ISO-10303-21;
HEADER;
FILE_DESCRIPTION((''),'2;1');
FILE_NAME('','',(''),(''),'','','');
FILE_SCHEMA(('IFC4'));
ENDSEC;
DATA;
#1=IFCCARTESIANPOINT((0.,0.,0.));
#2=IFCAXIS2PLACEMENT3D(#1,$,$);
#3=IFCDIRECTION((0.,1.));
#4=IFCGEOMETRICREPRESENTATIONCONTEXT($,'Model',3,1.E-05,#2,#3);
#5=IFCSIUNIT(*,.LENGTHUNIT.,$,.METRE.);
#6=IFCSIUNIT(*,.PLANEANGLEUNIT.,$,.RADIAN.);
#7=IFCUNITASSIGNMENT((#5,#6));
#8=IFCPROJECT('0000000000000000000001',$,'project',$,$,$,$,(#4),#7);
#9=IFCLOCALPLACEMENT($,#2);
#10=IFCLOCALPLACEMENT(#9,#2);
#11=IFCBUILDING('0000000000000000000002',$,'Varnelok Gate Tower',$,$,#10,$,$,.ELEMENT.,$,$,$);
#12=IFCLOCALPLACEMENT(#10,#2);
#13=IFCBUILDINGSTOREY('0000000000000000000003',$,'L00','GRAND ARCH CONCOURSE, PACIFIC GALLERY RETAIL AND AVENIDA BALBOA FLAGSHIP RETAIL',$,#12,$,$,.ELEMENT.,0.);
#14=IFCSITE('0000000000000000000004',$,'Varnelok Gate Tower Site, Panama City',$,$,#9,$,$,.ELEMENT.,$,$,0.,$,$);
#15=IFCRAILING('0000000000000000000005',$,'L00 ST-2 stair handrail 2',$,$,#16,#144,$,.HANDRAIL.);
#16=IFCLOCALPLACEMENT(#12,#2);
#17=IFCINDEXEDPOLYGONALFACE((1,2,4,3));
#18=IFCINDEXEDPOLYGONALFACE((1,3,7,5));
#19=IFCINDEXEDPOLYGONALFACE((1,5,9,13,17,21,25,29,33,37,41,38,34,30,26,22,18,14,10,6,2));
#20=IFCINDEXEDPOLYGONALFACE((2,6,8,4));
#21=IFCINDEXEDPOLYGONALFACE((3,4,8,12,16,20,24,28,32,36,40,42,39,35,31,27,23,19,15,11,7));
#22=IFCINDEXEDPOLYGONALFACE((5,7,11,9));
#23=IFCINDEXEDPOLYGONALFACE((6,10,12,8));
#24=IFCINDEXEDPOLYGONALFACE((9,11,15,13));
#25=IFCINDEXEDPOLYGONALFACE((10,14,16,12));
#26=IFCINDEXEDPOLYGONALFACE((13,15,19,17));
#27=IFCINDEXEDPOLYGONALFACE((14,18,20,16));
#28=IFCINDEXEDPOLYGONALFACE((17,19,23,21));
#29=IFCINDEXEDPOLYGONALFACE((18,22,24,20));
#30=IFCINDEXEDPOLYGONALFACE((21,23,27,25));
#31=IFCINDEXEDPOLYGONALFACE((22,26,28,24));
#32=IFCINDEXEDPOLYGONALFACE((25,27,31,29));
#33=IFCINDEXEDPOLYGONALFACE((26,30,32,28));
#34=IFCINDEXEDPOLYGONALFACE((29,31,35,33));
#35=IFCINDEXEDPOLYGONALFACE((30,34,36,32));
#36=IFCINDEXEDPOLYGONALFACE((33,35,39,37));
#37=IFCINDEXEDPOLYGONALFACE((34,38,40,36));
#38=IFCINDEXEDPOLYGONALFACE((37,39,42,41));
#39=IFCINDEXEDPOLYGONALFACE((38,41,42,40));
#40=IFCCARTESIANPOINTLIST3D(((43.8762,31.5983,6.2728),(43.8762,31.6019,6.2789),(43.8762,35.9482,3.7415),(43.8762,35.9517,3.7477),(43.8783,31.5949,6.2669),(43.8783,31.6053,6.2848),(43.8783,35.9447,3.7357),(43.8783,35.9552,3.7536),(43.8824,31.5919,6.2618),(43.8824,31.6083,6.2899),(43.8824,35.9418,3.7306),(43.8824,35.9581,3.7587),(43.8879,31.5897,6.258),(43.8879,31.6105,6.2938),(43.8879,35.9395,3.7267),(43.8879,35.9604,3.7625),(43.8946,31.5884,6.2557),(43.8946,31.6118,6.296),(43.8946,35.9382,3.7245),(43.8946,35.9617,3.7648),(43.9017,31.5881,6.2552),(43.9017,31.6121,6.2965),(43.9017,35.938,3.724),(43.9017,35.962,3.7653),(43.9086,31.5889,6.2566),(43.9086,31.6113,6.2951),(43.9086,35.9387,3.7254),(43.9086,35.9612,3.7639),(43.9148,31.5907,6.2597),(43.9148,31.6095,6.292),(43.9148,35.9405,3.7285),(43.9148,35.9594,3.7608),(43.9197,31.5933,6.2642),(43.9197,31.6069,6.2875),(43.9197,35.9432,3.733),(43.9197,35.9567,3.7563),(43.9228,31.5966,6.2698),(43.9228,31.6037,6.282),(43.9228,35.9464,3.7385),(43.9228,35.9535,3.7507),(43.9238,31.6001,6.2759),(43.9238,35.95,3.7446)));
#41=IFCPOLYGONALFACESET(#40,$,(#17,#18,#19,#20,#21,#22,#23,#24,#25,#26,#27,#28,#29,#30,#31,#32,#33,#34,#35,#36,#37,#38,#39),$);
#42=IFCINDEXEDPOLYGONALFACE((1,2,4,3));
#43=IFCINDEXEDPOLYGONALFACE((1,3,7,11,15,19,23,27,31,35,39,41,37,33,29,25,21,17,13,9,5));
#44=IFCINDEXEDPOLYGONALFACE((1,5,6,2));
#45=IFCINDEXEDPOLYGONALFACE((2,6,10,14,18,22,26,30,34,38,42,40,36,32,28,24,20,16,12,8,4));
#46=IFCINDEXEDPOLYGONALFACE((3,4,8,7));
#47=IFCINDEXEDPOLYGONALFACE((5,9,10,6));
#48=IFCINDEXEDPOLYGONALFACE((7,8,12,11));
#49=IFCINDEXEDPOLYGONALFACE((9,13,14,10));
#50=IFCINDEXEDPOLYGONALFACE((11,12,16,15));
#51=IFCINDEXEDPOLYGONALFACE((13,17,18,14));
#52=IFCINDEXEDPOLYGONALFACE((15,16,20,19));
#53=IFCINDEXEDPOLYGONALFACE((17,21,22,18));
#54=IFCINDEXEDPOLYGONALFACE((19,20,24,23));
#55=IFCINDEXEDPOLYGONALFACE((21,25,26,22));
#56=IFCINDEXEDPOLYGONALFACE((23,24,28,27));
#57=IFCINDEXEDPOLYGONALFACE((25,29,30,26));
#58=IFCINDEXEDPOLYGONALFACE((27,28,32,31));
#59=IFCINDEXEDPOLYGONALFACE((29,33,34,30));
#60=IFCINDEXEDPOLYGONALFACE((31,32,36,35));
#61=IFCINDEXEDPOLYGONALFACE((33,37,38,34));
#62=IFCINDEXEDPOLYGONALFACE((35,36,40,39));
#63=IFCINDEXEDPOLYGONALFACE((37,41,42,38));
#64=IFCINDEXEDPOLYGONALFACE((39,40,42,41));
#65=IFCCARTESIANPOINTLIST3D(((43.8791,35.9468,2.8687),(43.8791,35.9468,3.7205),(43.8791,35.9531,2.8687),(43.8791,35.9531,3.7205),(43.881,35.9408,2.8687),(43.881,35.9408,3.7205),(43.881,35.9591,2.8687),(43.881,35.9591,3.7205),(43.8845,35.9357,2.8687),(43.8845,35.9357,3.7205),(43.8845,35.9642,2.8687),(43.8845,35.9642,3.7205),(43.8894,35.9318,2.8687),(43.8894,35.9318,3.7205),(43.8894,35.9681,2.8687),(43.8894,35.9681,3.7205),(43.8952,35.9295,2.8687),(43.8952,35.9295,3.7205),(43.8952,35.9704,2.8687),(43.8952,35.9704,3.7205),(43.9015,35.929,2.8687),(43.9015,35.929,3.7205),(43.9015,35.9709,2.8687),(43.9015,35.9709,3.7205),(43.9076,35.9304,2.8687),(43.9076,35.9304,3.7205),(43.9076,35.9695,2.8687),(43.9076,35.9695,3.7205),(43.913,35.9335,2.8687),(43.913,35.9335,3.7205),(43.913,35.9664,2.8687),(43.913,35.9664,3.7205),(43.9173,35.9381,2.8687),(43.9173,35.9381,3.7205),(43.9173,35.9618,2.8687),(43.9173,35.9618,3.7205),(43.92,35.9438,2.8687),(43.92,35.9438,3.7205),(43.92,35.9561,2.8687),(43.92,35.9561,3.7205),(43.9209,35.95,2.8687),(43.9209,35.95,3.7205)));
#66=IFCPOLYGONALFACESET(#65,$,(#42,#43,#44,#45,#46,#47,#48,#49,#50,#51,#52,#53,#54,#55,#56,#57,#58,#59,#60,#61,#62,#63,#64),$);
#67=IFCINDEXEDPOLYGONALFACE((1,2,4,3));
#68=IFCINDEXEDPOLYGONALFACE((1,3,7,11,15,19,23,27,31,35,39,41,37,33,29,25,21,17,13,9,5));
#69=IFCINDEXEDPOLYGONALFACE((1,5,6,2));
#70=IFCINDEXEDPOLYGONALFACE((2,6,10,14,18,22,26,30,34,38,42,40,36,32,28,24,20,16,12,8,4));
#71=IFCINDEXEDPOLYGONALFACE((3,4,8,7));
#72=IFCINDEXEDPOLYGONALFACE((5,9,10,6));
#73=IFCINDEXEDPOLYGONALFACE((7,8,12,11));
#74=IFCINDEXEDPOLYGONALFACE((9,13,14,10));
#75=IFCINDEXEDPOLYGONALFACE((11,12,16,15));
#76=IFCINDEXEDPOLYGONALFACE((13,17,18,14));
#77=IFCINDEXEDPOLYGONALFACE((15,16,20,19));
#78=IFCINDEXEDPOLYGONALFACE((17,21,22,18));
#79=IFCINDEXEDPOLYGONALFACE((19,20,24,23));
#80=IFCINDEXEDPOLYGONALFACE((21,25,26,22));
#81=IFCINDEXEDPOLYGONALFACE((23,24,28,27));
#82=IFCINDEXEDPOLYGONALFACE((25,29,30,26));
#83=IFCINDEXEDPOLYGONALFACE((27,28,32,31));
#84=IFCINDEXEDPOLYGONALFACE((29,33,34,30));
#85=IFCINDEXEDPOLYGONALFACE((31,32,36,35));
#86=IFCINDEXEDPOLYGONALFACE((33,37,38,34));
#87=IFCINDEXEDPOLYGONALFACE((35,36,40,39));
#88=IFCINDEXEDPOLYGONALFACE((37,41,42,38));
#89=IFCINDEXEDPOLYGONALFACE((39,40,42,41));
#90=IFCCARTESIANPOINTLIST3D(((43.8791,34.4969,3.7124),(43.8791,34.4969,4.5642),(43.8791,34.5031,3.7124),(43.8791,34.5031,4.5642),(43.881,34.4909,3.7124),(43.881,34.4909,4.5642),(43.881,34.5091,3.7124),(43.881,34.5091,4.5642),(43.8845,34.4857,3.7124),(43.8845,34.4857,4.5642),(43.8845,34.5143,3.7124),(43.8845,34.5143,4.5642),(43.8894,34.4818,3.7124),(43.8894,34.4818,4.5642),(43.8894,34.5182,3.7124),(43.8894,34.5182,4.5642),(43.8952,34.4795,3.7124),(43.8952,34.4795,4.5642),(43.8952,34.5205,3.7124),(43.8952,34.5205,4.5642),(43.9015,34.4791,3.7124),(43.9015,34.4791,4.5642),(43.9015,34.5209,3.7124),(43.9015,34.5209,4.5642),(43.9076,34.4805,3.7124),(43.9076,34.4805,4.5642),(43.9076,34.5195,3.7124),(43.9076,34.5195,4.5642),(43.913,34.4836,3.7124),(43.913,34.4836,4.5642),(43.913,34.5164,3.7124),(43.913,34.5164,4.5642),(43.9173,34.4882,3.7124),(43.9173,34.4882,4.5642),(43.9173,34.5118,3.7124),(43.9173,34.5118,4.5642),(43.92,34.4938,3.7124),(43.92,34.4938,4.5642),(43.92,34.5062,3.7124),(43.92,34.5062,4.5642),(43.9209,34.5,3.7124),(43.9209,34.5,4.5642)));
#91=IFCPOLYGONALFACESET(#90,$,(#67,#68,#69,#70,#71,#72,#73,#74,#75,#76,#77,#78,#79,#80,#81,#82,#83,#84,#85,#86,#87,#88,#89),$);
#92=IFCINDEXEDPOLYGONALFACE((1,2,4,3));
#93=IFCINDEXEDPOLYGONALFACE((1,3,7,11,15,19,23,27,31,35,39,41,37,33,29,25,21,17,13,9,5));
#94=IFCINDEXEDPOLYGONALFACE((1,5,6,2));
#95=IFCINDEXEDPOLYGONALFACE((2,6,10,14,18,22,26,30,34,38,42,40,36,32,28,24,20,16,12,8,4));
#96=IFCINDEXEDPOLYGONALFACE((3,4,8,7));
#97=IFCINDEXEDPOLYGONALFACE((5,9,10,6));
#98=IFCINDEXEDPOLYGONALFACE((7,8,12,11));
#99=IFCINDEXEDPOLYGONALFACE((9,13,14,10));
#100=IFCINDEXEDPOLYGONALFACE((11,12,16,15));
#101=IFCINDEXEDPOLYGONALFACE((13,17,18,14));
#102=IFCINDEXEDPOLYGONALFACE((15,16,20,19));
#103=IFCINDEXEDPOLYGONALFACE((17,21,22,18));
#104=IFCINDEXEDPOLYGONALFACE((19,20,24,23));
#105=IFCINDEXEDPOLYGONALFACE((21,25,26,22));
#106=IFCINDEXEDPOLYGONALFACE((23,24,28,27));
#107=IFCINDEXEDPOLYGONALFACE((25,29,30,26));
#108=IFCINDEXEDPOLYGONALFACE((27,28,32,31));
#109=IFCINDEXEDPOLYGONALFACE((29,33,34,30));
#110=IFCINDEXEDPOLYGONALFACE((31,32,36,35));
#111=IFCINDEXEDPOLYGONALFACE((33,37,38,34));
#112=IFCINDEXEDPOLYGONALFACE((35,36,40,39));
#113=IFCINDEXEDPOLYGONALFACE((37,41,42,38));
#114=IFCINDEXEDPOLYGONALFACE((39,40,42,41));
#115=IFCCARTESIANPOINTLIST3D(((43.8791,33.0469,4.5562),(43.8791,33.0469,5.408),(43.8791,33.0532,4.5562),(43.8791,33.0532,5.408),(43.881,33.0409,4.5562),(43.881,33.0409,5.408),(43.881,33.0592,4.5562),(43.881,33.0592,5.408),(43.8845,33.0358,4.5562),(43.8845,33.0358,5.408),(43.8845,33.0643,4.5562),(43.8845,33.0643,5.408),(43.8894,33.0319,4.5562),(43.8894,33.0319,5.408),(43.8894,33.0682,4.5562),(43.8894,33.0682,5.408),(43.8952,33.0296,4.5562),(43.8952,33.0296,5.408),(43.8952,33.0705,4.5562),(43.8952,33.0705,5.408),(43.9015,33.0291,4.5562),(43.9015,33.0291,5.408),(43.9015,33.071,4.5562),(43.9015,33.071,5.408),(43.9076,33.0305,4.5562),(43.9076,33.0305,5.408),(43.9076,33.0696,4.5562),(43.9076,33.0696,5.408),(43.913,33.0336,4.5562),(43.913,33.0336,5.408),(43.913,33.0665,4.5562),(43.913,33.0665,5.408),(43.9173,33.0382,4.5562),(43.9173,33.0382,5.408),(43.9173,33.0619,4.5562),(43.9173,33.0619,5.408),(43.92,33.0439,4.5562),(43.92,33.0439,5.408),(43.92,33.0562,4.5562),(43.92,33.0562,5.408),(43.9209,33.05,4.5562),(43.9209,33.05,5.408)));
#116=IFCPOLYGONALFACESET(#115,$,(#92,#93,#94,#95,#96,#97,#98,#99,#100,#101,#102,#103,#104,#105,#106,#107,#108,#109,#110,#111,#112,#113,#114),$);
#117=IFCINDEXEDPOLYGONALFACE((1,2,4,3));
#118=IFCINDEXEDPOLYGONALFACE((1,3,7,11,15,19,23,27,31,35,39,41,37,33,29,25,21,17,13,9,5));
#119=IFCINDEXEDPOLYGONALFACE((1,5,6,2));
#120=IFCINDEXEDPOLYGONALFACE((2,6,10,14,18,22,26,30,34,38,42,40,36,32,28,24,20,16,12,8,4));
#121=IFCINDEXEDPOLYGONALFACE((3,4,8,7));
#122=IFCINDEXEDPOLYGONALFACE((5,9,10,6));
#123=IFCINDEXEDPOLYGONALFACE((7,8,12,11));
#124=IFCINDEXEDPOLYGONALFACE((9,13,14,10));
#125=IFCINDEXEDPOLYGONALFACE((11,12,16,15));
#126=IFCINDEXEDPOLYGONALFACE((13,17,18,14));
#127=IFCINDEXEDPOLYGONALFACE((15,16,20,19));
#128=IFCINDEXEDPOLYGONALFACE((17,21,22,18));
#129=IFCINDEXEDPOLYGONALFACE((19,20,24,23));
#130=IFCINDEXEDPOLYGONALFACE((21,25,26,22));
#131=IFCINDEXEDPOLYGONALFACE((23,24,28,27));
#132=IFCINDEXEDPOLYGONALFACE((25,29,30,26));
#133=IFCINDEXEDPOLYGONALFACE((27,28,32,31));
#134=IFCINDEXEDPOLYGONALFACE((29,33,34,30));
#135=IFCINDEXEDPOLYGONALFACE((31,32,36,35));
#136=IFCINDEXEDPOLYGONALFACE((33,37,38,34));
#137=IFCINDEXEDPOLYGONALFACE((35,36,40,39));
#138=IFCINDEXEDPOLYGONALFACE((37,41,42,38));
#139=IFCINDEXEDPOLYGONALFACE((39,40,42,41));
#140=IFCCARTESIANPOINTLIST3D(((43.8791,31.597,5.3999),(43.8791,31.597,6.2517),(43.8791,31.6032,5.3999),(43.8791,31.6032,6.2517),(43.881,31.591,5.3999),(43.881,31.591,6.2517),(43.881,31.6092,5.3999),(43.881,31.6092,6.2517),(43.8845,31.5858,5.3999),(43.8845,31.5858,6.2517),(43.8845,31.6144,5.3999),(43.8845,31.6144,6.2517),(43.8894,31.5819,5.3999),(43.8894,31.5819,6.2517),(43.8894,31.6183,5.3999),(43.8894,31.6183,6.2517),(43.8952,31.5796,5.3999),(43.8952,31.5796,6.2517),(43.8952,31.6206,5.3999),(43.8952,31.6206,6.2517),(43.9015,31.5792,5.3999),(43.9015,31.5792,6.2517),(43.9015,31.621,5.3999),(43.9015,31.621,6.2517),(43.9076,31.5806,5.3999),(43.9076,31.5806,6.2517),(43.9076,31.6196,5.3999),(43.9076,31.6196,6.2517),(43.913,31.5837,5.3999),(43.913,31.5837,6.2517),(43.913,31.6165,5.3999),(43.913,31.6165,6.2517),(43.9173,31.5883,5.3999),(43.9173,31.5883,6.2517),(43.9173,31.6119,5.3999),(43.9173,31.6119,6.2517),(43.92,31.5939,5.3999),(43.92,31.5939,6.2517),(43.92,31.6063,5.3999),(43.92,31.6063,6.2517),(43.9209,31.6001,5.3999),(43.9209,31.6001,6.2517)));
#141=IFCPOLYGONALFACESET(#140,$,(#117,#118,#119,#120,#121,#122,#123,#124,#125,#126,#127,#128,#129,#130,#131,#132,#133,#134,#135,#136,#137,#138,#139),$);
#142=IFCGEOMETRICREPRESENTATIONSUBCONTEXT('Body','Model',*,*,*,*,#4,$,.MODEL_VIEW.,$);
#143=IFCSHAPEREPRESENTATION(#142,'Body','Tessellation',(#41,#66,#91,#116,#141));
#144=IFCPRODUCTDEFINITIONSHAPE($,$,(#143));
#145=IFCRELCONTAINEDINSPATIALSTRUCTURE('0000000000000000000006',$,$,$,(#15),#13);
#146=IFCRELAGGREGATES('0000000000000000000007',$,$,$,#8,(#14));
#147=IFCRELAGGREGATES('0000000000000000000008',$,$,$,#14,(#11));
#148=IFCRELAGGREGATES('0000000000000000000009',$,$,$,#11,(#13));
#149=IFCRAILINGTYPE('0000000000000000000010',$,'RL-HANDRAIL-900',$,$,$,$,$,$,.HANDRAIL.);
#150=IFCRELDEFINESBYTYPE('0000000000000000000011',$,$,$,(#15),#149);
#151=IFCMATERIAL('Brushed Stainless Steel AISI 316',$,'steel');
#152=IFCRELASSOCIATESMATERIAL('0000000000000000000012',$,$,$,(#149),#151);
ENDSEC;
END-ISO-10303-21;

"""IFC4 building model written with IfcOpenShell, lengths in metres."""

from ifc_helpers import new_model, si_unit, direction, frame, origin, origin_2d, place, context, subcontext, project, spatial, circle, extrude, material, type_object, element, save


model = new_model("IFC4")

# Units and contexts
model_context = context("Model", 3, precision=1e-05, world=origin(), true_north=direction((0.0, 1.0)))
body_context = subcontext(model_context, "Body", "Model", "MODEL_VIEW")
ifc_project = project(units=[si_unit("LENGTHUNIT", "METRE"), si_unit("PLANEANGLEUNIT", "RADIAN")], contexts=[model_context])

# Site, building, storey
site_placement = place(None, origin())
site = spatial("IfcSite", under=ifc_project, at=site_placement, Name="Varnelok Gate Tower Site, Panama City", CompositionType="ELEMENT", RefElevation=0.0)
building_placement = place(site_placement, origin())
building = spatial("IfcBuilding", under=site, at=building_placement, Name="Varnelok Gate Tower", CompositionType="ELEMENT")
storey_placement = place(building_placement, origin())
storey = spatial("IfcBuildingStorey", under=building, at=storey_placement, Name="L00", Description="GRAND ARCH CONCOURSE, PACIFIC GALLERY RETAIL AND AVENIDA BALBOA FLAGSHIP RETAIL", CompositionType="ELEMENT", Elevation=0.0)

# Railing
ifc_material_1 = material(Name="Brushed Stainless Steel AISI 316", Category="steel")
railing_type_1 = type_object("IfcRailingType", Name="RL-HANDRAIL-900", PredefinedType="HANDRAIL", material=ifc_material_1)
railing_1_placement = place(storey_placement, frame((43.8999, 35.95, 2.8687)))
element("IfcRailing", 1, at=railing_1_placement, inside=storey, type_object=railing_type_1, Name="L00 ST-2 stair handrail 2", PredefinedType="HANDRAIL", context=body_context, shape_type="SweptSolid", body=[
    extrude(circle(Radius=0.0239, at=origin_2d()), frame((0.0, 0.0, 0.876), z_axis=(0.0, -0.864312, 0.502957), x_axis=(1.0, 0.0, 0.0)), (0.0, 0.0, 1.0), 5.0327),
    extrude(circle(Radius=0.021, at=origin_2d()), origin(), (0.0, 0.0, 1.0), 0.8518),
    extrude(circle(Radius=0.021, at=origin_2d()), frame((0.0, -1.45, 0.8438)), (0.0, 0.0, 1.0), 0.8518),
    extrude(circle(Radius=0.021, at=origin_2d()), frame((0.0, -2.8999, 1.6875)), (0.0, 0.0, 1.0), 0.8518),
    extrude(circle(Radius=0.021, at=origin_2d()), frame((0.0, -4.3499, 2.5312)), (0.0, 0.0, 1.0), 0.8518),
])

save(model, "model.ifc")
